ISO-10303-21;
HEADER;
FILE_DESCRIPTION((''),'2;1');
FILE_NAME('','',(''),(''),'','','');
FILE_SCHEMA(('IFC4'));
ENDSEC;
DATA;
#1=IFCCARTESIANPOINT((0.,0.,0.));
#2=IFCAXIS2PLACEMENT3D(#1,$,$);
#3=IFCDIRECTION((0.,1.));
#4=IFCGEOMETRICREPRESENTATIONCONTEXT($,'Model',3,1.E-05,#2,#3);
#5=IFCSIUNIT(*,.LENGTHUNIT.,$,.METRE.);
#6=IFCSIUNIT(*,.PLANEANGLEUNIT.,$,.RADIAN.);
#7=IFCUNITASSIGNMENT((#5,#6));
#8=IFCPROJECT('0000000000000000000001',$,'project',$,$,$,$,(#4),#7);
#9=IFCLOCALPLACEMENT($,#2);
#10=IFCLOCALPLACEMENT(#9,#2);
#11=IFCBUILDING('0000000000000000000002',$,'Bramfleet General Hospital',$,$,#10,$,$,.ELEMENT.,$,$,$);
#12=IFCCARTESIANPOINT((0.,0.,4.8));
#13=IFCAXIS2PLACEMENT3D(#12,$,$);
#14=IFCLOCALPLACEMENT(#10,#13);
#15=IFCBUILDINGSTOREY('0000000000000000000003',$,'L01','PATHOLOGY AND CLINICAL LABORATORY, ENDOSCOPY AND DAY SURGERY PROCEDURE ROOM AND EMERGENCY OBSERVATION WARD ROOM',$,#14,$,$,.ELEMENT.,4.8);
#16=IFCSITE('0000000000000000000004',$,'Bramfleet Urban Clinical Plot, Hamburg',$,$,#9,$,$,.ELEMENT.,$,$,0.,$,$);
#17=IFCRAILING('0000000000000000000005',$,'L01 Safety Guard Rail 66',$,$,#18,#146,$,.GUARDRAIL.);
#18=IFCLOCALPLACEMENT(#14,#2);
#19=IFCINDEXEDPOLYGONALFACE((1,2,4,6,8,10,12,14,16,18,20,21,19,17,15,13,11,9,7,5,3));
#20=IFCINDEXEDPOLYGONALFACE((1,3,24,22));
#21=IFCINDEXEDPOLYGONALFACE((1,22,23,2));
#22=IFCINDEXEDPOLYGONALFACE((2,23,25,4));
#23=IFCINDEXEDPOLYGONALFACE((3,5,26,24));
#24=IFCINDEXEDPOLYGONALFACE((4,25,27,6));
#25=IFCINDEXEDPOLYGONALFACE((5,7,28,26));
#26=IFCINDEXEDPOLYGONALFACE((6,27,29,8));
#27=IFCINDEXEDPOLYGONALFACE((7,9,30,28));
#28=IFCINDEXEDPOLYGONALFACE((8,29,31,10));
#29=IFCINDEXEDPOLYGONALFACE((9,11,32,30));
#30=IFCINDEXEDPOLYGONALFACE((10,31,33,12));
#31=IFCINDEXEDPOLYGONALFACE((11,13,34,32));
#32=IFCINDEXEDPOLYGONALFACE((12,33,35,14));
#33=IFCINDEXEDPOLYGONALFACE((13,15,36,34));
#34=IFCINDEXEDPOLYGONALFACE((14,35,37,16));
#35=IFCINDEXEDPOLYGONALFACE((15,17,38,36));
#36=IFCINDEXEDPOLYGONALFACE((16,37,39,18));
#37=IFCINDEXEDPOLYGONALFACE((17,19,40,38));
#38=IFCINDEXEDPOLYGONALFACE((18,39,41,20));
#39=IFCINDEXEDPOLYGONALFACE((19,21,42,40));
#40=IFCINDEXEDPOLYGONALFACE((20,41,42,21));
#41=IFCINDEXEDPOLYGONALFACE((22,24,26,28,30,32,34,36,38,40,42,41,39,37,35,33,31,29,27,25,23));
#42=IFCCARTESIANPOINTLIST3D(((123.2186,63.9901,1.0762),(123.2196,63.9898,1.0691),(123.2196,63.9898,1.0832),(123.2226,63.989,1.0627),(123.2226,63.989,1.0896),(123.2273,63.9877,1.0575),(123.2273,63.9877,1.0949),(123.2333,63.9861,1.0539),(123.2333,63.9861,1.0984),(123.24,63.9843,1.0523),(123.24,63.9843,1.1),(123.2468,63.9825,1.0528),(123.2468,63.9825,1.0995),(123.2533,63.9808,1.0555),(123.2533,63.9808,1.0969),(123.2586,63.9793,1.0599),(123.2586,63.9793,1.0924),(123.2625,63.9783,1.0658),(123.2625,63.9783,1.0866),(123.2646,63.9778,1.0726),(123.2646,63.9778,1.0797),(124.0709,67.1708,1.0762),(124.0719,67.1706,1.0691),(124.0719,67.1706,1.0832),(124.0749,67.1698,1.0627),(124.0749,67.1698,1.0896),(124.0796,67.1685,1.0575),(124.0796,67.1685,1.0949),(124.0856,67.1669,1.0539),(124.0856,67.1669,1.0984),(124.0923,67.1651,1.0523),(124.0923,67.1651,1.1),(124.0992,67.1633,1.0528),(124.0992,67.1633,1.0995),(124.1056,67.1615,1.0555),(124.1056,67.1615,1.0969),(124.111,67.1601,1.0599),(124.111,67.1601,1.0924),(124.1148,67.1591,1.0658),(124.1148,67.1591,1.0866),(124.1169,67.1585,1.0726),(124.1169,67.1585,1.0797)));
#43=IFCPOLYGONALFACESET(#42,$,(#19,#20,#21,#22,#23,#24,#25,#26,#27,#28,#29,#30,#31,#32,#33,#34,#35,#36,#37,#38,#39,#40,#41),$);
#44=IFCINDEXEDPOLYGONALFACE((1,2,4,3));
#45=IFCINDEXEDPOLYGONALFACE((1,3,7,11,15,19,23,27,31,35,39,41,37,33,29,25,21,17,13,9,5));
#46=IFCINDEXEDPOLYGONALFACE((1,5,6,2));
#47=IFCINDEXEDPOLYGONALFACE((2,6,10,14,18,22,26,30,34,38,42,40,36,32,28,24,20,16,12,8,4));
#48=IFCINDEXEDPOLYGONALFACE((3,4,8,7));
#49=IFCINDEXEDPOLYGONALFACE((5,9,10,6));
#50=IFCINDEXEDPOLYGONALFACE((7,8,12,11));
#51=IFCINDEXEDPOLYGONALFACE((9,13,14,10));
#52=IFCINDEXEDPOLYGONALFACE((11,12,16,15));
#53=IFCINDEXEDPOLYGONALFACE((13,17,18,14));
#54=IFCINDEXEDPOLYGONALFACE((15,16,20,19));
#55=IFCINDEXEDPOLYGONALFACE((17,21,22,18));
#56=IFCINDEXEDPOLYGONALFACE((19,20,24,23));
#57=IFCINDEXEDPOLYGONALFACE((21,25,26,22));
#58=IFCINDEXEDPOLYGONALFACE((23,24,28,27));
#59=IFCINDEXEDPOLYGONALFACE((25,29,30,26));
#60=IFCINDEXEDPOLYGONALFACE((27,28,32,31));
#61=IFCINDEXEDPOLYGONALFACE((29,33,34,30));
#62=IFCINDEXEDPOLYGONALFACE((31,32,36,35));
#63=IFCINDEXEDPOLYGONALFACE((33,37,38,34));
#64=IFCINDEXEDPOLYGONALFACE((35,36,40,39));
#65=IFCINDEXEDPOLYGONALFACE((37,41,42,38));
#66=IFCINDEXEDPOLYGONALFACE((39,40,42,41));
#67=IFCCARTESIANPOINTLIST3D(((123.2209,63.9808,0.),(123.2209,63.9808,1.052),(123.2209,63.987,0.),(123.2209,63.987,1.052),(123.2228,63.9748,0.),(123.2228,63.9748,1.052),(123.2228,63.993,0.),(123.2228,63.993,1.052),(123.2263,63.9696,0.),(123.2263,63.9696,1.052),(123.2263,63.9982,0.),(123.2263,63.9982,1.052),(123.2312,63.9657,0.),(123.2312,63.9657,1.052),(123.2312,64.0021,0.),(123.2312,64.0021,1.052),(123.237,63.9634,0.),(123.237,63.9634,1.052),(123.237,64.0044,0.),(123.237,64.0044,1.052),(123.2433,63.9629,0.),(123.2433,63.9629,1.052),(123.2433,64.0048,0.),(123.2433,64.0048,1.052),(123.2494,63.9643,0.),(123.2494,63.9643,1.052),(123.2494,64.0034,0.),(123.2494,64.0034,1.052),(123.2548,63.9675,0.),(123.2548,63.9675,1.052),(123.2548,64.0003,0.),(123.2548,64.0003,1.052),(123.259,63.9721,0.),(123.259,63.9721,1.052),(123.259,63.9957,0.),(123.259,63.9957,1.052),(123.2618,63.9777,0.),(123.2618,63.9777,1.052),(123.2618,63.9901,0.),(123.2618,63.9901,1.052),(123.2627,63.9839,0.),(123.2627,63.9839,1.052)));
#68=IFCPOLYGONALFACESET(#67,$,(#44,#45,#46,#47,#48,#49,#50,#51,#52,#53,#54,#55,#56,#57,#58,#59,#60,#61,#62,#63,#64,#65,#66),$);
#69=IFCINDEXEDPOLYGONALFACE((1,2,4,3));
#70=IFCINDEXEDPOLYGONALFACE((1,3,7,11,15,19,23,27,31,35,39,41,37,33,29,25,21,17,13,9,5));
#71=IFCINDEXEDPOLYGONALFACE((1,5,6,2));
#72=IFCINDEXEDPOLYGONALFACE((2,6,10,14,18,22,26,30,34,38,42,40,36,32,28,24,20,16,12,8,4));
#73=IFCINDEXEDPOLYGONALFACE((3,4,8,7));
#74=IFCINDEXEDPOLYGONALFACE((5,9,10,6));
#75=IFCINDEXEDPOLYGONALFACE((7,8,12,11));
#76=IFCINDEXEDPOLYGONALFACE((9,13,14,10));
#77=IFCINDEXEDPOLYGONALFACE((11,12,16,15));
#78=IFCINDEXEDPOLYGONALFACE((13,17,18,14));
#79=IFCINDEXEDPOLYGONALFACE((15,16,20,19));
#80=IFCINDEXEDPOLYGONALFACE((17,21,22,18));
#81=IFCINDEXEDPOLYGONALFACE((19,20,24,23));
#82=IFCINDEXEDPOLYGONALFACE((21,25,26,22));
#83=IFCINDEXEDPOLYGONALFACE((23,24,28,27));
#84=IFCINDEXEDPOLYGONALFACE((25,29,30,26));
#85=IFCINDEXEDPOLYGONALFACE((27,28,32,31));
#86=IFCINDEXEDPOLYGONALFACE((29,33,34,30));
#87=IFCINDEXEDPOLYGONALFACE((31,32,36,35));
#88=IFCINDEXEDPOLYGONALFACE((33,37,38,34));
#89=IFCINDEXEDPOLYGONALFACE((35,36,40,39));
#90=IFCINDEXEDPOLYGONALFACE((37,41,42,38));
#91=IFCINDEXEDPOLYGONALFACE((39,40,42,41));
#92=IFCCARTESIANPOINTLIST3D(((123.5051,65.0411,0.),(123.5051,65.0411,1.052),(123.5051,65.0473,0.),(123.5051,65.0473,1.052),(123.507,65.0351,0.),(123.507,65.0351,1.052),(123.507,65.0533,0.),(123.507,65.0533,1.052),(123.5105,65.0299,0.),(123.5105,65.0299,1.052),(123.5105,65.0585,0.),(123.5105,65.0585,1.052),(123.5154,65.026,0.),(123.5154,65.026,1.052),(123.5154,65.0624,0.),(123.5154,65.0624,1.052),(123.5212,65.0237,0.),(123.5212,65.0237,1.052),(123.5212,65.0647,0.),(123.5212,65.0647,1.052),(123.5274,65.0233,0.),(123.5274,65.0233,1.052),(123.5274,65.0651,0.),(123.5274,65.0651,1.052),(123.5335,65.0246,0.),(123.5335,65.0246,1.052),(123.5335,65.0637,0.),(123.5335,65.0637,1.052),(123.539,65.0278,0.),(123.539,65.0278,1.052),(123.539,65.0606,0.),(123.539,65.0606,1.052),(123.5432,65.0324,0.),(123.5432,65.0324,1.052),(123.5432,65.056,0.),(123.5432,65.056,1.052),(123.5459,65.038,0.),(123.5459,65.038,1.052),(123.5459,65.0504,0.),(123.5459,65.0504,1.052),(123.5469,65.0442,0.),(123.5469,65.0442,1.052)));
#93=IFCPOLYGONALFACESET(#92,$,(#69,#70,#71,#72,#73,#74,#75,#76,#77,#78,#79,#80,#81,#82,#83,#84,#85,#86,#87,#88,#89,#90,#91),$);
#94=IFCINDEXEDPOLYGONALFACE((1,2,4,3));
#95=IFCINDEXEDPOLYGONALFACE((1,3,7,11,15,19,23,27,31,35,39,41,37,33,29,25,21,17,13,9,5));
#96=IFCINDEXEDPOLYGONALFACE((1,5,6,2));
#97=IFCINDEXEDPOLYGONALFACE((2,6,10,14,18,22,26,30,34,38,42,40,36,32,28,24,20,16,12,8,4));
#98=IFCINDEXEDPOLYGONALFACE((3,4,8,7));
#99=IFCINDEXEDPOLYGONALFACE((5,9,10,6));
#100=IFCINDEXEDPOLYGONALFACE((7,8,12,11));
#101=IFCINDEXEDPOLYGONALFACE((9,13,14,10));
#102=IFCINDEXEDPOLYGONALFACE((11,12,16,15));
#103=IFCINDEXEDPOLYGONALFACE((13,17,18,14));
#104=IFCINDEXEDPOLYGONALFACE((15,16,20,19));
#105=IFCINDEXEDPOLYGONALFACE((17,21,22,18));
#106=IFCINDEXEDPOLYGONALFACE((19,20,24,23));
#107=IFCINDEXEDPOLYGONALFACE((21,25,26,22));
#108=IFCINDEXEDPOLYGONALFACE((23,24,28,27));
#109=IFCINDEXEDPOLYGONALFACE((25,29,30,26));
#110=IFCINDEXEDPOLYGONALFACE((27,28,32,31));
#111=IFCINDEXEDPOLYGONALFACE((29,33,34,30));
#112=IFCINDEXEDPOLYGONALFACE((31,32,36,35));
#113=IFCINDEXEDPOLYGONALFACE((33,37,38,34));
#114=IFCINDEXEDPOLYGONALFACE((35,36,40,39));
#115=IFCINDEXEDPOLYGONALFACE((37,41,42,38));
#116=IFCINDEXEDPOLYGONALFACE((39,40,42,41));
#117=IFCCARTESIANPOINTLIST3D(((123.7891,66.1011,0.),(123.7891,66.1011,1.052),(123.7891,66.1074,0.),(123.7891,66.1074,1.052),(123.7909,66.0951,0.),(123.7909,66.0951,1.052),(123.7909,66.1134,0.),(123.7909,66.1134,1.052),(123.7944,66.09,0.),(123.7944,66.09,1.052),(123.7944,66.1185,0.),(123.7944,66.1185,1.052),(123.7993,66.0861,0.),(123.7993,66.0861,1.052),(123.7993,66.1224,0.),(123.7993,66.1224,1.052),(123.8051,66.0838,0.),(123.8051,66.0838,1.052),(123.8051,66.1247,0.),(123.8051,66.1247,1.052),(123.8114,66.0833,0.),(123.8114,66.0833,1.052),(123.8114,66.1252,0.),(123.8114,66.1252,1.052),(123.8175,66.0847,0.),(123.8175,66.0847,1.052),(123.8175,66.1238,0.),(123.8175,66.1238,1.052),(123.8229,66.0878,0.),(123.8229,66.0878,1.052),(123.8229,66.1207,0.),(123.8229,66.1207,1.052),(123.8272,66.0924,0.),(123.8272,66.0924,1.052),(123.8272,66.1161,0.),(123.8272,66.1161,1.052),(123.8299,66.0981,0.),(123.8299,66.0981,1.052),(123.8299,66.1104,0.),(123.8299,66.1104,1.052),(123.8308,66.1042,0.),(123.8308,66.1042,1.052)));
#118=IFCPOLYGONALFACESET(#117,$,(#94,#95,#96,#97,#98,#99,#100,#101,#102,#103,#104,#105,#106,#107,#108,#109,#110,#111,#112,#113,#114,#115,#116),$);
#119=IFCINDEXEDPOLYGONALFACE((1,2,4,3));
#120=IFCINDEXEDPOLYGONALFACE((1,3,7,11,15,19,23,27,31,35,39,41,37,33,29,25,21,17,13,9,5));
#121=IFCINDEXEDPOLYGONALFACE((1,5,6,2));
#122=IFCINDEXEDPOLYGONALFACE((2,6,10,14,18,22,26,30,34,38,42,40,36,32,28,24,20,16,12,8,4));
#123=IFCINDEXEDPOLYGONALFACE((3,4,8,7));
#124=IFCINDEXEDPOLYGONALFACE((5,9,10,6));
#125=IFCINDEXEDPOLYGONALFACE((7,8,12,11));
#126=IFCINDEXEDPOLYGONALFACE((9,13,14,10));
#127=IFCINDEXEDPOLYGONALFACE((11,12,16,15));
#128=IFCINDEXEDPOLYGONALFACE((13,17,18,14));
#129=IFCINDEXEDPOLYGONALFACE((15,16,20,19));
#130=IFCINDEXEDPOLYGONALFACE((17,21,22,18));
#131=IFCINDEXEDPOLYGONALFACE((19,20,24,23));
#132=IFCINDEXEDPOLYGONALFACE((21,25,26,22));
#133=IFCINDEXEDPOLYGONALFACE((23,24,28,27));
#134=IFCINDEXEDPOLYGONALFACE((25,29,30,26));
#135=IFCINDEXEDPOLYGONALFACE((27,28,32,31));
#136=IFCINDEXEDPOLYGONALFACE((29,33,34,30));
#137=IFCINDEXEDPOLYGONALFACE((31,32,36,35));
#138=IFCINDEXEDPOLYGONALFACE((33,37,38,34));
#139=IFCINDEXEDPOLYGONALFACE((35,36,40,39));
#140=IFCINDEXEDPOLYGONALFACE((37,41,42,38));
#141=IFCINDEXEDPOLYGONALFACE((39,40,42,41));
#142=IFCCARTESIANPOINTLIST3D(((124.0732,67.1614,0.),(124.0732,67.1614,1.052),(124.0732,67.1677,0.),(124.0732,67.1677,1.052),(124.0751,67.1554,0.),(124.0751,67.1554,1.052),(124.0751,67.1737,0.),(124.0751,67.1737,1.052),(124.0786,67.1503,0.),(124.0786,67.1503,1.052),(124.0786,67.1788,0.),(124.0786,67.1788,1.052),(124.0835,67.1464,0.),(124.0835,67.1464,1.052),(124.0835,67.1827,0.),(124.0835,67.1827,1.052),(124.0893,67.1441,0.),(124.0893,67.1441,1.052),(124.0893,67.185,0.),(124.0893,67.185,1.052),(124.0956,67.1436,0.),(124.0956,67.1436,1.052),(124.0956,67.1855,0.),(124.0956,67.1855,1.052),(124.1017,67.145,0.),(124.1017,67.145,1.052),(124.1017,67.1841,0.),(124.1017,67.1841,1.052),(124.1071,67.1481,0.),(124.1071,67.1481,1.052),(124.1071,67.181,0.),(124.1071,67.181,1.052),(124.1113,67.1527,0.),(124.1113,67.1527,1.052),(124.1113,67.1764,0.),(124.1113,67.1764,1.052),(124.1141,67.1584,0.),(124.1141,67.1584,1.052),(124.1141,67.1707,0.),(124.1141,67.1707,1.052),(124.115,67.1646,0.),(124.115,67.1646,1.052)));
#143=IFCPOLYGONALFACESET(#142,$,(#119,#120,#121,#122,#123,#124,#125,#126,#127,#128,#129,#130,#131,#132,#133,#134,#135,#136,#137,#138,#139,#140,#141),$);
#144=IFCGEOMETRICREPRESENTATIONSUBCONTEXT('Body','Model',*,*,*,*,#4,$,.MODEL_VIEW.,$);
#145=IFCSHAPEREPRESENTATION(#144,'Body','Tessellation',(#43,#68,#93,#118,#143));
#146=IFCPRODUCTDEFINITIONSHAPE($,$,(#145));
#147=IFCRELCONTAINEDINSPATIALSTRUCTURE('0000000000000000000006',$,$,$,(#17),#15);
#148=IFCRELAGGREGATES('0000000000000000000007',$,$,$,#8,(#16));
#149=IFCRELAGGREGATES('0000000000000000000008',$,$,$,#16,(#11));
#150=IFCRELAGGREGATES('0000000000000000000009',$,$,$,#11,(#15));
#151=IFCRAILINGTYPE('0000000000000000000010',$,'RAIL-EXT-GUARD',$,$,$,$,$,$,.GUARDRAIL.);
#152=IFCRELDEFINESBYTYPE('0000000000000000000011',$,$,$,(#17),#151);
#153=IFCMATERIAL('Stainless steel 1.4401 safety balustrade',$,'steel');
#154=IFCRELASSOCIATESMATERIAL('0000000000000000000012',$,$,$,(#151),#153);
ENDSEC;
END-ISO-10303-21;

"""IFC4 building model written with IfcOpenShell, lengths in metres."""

from ifc_helpers import new_model, si_unit, direction, frame, origin, origin_2d, place, context, subcontext, project, spatial, circle, extrude, material, type_object, element, save


model = new_model("IFC4")

# Units and contexts
model_context = context("Model", 3, precision=1e-05, world=origin(), true_north=direction((0.0, 1.0)))
body_context = subcontext(model_context, "Body", "Model", "MODEL_VIEW")
ifc_project = project(units=[si_unit("LENGTHUNIT", "METRE"), si_unit("PLANEANGLEUNIT", "RADIAN")], contexts=[model_context])

# Site, building, storey
site_placement = place(None, origin())
site = spatial("IfcSite", under=ifc_project, at=site_placement, Name="Bramfleet Urban Clinical Plot, Hamburg", CompositionType="ELEMENT", RefElevation=0.0)
building_placement = place(site_placement, origin())
building = spatial("IfcBuilding", under=site, at=building_placement, Name="Bramfleet General Hospital", CompositionType="ELEMENT")
storey_placement = place(building_placement, frame((0.0, 0.0, 4.8)))
storey = spatial("IfcBuildingStorey", under=building, at=storey_placement, Name="L01", Description="PATHOLOGY AND CLINICAL LABORATORY, ENDOSCOPY AND DAY SURGERY PROCEDURE ROOM AND EMERGENCY OBSERVATION WARD ROOM", CompositionType="ELEMENT", Elevation=4.8)

# Railing
ifc_material_1 = material(Name="Stainless steel 1.4401 safety balustrade", Category="steel")
railing_type = type_object("IfcRailingType", Name="RAIL-EXT-GUARD", PredefinedType="GUARDRAIL", material=ifc_material_1)
railing_1_placement = place(storey_placement, frame((123.2417, 63.9839, 0.0)))
element("IfcRailing", 1, at=railing_1_placement, inside=storey, type_object=railing_type, Name="L01 Safety Guard Rail 66", PredefinedType="GUARDRAIL", context=body_context, shape_type="SweptSolid", body=[
    extrude(circle(Radius=0.0239, at=origin_2d()), frame((0.0, 0.0, 1.0762), z_axis=(0.25883, 0.965923, 0.0), x_axis=(-0.965923, 0.25883, 0.0)), (0.0, 0.0, 1.0), 3.293),
    extrude(circle(Radius=0.021, at=origin_2d()), origin(), (0.0, 0.0, 1.0), 1.052),
    extrude(circle(Radius=0.021, at=origin_2d()), frame((0.2842, 1.0603, 0.0)), (0.0, 0.0, 1.0), 1.052),
    extrude(circle(Radius=0.021, at=origin_2d()), frame((0.5681, 2.1204, 0.0)), (0.0, 0.0, 1.0), 1.052),
    extrude(circle(Radius=0.021, at=origin_2d()), frame((0.8523, 3.1807, 0.0)), (0.0, 0.0, 1.0), 1.052),
])

save(model, "model.ifc")
